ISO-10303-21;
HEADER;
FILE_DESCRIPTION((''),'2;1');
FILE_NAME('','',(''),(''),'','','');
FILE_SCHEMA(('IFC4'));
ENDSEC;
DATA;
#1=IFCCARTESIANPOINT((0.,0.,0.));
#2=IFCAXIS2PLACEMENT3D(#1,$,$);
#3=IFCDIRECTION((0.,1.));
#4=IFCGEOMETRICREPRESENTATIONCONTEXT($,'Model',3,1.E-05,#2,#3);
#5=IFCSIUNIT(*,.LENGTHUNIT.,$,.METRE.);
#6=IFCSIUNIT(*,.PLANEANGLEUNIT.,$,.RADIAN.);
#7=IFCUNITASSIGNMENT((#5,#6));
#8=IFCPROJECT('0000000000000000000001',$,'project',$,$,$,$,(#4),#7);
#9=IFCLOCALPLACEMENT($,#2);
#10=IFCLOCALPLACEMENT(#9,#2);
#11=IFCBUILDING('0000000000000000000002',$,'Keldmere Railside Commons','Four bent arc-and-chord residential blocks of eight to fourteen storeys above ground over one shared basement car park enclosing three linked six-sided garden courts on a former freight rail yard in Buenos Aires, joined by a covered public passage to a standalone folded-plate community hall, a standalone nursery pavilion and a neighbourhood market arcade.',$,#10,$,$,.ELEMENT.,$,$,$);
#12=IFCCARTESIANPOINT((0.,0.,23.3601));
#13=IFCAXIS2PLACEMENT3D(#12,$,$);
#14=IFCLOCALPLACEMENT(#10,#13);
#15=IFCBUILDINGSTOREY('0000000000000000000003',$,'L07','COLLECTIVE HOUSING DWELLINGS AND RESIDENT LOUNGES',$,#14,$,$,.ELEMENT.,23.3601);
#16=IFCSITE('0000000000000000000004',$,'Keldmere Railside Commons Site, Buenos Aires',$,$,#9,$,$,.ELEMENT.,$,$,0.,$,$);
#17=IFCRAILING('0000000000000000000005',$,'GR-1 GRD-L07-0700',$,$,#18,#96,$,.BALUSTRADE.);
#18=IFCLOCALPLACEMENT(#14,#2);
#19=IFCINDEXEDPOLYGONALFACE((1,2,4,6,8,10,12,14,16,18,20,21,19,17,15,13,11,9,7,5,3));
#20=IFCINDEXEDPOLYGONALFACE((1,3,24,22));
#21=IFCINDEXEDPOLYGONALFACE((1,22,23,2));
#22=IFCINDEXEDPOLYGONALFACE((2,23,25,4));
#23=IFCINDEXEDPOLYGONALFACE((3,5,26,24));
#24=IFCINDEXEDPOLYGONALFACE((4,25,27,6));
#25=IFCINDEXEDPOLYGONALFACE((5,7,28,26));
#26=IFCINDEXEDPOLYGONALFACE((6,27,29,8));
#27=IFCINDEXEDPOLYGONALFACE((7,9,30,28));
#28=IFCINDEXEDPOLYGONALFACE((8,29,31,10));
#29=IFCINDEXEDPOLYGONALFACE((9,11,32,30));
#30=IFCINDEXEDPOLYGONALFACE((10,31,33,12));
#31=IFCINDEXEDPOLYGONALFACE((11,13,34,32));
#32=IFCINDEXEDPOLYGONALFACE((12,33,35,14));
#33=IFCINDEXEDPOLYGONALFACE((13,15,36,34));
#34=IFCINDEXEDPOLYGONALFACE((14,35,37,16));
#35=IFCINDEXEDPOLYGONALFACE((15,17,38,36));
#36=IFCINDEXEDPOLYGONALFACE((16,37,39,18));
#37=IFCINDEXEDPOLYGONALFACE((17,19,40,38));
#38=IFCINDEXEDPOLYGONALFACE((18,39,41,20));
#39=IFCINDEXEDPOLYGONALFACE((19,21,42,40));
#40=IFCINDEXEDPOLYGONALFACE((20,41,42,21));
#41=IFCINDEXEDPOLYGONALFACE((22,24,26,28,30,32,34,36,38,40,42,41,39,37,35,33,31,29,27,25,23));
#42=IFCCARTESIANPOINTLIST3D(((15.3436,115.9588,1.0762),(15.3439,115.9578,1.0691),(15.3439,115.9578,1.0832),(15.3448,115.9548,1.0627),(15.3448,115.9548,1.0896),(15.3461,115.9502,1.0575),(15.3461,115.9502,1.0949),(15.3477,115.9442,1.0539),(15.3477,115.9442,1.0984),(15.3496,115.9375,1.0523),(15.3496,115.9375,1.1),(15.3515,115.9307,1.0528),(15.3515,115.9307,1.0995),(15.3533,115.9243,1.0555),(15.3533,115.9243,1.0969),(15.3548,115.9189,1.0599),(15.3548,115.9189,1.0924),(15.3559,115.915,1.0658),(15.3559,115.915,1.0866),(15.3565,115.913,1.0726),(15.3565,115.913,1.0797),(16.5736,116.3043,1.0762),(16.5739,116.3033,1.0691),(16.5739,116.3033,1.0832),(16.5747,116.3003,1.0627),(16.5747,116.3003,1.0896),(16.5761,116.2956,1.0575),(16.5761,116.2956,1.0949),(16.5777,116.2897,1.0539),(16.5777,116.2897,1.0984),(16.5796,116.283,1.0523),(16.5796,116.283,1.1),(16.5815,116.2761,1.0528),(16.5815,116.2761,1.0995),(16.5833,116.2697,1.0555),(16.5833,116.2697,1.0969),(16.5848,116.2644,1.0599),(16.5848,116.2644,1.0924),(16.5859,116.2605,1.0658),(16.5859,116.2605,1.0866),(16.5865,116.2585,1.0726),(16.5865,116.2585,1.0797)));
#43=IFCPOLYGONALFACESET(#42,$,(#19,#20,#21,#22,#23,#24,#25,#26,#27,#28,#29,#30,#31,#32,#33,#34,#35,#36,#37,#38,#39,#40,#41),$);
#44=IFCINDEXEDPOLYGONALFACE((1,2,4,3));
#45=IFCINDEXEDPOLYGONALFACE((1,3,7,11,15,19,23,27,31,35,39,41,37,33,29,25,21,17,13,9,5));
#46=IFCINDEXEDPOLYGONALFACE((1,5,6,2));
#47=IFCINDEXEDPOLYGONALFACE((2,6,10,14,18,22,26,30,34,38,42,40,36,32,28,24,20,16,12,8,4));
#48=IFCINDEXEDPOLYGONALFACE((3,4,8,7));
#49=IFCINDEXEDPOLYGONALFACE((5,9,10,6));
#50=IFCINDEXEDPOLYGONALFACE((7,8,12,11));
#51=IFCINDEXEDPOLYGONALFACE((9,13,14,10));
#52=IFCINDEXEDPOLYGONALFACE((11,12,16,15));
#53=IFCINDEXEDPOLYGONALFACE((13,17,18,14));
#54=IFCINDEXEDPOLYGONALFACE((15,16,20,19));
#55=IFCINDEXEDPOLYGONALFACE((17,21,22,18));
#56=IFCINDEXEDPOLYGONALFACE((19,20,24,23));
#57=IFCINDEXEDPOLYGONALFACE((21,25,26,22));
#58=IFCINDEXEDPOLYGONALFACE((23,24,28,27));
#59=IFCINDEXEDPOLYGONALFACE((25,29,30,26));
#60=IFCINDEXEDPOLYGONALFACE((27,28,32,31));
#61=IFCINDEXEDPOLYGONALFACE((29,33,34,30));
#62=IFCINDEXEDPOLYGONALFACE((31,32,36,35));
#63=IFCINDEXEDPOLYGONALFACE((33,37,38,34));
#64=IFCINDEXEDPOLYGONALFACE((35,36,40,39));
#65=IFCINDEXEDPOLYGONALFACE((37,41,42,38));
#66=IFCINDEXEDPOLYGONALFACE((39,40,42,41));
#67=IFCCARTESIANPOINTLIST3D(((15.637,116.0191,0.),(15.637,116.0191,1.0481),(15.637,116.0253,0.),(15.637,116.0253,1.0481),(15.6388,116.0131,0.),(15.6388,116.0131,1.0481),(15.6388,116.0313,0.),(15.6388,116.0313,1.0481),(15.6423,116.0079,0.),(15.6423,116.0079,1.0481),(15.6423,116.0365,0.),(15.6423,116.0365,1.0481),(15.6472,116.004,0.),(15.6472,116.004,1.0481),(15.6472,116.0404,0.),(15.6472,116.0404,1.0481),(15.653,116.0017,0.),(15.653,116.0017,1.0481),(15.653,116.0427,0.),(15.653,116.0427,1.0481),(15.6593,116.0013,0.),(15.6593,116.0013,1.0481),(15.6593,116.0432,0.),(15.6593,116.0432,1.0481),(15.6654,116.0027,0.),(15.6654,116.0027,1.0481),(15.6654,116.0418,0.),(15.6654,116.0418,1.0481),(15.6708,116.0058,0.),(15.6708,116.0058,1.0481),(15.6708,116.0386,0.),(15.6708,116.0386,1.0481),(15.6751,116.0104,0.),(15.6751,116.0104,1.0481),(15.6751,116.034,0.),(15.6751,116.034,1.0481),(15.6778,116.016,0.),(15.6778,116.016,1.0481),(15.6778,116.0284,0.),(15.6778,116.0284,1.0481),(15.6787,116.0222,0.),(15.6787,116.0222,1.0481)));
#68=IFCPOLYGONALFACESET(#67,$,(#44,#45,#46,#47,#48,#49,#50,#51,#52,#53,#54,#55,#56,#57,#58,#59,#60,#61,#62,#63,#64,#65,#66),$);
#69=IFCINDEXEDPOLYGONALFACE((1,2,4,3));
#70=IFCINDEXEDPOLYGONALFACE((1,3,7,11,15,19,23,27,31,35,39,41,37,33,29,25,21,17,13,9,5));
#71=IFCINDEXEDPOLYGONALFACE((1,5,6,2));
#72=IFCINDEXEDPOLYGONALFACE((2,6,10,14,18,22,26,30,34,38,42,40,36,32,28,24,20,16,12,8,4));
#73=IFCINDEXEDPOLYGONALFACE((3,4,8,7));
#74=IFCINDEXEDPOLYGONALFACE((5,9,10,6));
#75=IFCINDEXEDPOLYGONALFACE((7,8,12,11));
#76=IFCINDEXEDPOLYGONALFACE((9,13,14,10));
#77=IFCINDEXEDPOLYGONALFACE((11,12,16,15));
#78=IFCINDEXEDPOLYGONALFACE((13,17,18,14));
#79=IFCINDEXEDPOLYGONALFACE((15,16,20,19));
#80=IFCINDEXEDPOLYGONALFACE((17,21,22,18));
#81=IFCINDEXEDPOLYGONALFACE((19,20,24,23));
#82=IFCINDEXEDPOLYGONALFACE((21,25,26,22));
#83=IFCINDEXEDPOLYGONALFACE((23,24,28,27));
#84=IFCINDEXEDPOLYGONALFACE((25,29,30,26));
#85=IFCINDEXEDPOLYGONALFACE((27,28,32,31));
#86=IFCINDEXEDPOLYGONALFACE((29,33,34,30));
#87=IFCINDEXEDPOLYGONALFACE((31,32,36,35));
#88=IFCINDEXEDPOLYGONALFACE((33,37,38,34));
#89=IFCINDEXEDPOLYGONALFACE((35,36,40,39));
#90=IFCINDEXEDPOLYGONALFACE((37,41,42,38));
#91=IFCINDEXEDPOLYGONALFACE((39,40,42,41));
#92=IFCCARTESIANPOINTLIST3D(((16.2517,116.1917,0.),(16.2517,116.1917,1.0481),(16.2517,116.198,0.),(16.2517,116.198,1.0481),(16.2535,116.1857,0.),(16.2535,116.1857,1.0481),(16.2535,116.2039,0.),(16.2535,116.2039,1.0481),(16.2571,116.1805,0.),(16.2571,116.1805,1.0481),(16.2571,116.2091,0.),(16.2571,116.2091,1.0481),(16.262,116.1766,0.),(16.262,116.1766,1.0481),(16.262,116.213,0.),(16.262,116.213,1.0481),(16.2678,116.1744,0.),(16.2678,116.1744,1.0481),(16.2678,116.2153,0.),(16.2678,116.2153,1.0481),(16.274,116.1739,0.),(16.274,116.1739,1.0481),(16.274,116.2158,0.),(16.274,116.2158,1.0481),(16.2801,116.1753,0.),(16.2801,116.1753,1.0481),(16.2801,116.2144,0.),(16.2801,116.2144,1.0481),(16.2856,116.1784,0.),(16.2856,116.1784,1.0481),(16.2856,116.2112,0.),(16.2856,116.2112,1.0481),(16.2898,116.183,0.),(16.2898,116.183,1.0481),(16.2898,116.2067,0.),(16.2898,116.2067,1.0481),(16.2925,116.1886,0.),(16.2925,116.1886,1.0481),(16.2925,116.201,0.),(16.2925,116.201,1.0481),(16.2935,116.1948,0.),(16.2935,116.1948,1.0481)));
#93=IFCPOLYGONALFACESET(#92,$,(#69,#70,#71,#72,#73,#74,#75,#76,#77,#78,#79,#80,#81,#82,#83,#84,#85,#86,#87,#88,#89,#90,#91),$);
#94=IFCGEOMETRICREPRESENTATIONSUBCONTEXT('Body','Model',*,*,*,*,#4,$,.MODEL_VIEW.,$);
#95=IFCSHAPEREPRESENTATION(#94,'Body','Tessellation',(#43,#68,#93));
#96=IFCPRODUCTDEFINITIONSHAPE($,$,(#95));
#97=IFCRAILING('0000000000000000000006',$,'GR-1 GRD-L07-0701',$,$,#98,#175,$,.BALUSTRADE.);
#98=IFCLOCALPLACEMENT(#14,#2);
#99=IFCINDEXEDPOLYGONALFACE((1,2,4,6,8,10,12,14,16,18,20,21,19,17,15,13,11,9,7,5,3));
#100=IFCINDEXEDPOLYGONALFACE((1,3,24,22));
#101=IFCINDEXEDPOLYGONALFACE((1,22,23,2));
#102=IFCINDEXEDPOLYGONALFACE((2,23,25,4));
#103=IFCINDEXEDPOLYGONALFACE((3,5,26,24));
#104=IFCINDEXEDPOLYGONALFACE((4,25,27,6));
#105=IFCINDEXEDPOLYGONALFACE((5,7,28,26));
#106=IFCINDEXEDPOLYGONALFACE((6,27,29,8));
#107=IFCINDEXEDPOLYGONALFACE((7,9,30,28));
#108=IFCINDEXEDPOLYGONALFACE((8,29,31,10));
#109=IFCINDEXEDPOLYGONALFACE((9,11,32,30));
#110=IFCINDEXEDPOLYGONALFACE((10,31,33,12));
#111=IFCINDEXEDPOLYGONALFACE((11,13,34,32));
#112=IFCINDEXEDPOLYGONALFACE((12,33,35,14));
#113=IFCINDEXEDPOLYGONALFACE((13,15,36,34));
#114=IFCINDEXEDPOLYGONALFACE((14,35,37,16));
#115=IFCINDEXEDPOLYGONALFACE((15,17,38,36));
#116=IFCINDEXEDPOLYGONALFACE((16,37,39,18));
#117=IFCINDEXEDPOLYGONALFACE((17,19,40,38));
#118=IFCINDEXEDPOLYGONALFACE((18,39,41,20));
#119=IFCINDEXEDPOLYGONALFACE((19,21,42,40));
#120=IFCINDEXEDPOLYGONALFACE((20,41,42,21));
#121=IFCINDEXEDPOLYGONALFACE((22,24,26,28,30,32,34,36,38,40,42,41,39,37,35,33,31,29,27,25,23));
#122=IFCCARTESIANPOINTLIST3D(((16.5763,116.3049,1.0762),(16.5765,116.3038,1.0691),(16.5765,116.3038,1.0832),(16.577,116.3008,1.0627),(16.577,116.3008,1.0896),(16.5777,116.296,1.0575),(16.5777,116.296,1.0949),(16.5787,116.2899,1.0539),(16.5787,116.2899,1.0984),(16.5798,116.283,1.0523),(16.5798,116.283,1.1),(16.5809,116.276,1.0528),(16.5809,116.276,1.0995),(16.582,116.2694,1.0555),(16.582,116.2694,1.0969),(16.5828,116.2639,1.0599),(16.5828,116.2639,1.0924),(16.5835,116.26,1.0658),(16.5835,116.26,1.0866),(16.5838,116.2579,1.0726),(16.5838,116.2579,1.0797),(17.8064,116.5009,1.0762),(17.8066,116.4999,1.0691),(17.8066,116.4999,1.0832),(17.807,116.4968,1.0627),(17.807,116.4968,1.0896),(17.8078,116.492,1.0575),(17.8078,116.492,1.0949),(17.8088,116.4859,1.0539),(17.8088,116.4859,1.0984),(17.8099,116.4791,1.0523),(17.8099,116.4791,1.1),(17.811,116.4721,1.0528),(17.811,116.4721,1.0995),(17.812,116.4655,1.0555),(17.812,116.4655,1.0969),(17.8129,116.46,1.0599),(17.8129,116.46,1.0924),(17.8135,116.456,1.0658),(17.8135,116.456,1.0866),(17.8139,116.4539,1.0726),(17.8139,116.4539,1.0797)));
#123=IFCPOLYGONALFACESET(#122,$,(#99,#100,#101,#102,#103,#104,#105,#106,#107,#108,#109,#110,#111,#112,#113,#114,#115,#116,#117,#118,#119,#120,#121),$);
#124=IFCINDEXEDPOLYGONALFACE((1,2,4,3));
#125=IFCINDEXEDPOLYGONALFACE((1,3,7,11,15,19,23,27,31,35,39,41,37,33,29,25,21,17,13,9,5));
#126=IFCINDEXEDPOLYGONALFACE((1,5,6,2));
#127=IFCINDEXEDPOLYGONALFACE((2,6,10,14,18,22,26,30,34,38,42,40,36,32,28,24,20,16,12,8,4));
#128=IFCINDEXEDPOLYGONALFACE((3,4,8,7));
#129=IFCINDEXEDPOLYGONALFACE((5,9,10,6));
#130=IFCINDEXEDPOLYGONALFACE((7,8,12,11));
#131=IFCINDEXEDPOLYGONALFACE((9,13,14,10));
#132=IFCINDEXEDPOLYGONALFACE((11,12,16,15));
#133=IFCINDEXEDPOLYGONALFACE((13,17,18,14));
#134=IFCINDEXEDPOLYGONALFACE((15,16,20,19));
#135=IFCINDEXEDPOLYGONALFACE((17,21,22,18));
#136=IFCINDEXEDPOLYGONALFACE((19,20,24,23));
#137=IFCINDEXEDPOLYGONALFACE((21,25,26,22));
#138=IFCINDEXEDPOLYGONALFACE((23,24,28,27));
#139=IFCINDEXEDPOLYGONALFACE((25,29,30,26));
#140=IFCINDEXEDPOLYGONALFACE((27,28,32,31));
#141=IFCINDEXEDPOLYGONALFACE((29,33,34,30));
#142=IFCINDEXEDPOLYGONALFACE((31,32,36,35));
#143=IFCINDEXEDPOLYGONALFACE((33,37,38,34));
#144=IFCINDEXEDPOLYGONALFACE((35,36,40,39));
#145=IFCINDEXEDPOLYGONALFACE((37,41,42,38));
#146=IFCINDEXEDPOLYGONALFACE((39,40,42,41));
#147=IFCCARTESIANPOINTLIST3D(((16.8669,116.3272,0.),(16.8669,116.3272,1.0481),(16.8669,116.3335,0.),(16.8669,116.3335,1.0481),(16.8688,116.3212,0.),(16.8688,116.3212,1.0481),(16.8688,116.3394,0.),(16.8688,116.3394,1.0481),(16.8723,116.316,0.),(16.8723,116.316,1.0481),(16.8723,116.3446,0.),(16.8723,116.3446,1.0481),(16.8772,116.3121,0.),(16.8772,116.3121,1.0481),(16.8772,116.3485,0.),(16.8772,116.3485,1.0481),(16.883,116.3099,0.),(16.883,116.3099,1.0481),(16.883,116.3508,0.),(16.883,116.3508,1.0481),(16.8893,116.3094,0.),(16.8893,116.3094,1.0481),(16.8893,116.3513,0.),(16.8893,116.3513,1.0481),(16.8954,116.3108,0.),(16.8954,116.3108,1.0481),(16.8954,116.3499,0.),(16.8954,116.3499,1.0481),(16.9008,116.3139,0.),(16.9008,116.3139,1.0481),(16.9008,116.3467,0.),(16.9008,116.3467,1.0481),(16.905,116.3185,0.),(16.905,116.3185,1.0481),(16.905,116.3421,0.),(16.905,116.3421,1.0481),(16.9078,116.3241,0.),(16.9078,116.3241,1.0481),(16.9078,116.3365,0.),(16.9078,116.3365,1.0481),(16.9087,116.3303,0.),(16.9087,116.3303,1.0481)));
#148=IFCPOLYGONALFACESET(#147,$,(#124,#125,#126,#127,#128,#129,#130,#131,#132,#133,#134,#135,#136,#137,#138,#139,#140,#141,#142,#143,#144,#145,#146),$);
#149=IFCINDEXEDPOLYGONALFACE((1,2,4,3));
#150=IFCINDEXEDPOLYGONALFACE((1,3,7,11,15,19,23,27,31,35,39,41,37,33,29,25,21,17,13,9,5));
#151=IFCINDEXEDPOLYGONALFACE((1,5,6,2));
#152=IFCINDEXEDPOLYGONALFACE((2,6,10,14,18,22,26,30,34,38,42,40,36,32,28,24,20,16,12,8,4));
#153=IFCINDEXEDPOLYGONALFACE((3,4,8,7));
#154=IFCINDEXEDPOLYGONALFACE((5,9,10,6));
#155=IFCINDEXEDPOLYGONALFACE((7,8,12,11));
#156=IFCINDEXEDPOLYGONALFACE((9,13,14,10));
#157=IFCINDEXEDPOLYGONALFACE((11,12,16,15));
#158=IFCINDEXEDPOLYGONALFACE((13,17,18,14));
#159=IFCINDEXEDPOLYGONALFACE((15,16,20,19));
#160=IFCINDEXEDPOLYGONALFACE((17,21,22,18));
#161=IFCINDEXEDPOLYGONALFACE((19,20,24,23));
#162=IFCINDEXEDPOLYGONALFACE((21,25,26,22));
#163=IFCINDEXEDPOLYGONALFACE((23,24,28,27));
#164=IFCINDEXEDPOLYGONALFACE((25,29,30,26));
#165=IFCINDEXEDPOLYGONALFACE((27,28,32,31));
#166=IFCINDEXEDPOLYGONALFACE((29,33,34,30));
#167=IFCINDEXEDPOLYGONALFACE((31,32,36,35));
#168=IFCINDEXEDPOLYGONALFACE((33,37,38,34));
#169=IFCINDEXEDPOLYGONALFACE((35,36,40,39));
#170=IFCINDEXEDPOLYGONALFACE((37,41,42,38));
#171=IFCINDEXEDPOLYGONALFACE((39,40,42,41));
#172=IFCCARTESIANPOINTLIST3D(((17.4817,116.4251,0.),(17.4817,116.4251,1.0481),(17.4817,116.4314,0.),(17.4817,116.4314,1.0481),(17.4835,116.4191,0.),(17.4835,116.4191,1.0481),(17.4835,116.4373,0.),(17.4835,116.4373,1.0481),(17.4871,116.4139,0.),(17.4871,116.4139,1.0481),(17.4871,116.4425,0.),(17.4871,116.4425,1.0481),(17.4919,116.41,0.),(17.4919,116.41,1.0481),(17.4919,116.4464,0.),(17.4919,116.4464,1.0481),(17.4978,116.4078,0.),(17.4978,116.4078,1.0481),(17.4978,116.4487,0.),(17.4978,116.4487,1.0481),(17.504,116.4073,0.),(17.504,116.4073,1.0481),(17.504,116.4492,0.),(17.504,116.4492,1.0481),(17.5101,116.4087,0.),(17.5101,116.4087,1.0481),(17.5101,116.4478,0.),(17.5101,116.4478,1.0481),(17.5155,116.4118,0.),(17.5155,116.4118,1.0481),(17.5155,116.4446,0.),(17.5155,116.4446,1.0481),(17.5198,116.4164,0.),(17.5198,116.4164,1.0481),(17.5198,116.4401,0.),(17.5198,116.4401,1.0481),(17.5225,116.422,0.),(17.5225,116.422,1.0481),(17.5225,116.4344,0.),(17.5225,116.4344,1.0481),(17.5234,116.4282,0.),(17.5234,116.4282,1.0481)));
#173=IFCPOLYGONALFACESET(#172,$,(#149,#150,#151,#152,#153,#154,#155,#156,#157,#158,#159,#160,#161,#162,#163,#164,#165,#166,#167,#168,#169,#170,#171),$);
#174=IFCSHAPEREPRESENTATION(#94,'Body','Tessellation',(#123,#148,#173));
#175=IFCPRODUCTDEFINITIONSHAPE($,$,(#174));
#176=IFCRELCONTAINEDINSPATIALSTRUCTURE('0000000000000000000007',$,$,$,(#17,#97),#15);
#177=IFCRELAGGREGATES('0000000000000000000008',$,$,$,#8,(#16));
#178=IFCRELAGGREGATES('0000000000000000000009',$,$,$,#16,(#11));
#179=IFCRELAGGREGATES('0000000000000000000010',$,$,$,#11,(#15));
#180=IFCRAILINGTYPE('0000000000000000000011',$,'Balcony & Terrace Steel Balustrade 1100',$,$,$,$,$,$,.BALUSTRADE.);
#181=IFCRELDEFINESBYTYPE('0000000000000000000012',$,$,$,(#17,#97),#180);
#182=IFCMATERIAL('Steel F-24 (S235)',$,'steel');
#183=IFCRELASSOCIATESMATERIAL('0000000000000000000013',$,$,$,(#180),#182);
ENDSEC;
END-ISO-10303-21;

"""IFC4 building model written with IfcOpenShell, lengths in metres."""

from ifc_helpers import new_model, si_unit, direction, frame, origin, origin_2d, place, context, subcontext, project, spatial, circle, extrude, material, type_object, element, save


model = new_model("IFC4")

# Units and contexts
model_context = context("Model", 3, precision=1e-05, world=origin(), true_north=direction((0.0, 1.0)))
body_context = subcontext(model_context, "Body", "Model", "MODEL_VIEW")
ifc_project = project(units=[si_unit("LENGTHUNIT", "METRE"), si_unit("PLANEANGLEUNIT", "RADIAN")], contexts=[model_context])

# Site, building, storey
site_placement = place(None, origin())
site = spatial("IfcSite", under=ifc_project, at=site_placement, Name="Keldmere Railside Commons Site, Buenos Aires", CompositionType="ELEMENT", RefElevation=0.0)
building_placement = place(site_placement, origin())
building = spatial("IfcBuilding", under=site, at=building_placement, Name="Keldmere Railside Commons", Description="Four bent arc-and-chord residential blocks of eight to fourteen storeys above ground over one shared basement car park enclosing three linked six-sided garden courts on a former freight rail yard in Buenos Aires, joined by a covered public passage to a standalone folded-plate community hall, a standalone nursery pavilion and a neighbourhood market arcade.", CompositionType="ELEMENT")
storey_placement = place(building_placement, frame((0.0, 0.0, 23.3601)))
storey = spatial("IfcBuildingStorey", under=building, at=storey_placement, Name="L07", Description="COLLECTIVE HOUSING DWELLINGS AND RESIDENT LOUNGES", CompositionType="ELEMENT", Elevation=23.3601)

# Shared definitions
ifc_material_1 = material(Name="Steel F-24 (S235)", Category="steel")

# Railings
railing_type = type_object("IfcRailingType", Name="Balcony & Terrace Steel Balustrade 1100", PredefinedType="BALUSTRADE", material=ifc_material_1)
railing_1_placement = place(storey_placement, frame((15.3501, 115.9358, 0.0)))
element("IfcRailing", 1, at=railing_1_placement, inside=storey, type_object=railing_type, Name="GR-1 GRD-L07-0700", PredefinedType="BALUSTRADE", context=body_context, shape_type="SweptSolid", body=[
    extrude(circle(Radius=0.0239, at=origin_2d()), frame((0.0, 0.0, 1.0762), z_axis=(0.962747, 0.270402, 0.0), x_axis=(-0.270402, 0.962747, 0.0)), (0.0, 0.0, 1.0), 1.2776),
    extrude(circle(Radius=0.021, at=origin_2d()), frame((0.3076, 0.0864, 0.0)), (0.0, 0.0, 1.0), 1.0481),
    extrude(circle(Radius=0.021, at=origin_2d()), frame((0.9224, 0.259, 0.0)), (0.0, 0.0, 1.0), 1.0481),
])
railing_2_placement = place(storey_placement, frame((16.5801, 116.2812, 0.0)))
element("IfcRailing", 2, at=railing_2_placement, inside=storey, type_object=railing_type, Name="GR-1 GRD-L07-0701", PredefinedType="BALUSTRADE", context=body_context, shape_type="SweptSolid", body=[
    extrude(circle(Radius=0.0239, at=origin_2d()), frame((0.0, 0.0, 1.0762), z_axis=(0.987535, 0.157402, 0.0), x_axis=(-0.157402, 0.987535, 0.0)), (0.0, 0.0, 1.0), 1.2456),
    extrude(circle(Radius=0.021, at=origin_2d()), frame((0.3076, 0.0491, 0.0)), (0.0, 0.0, 1.0), 1.0481),
    extrude(circle(Radius=0.021, at=origin_2d()), frame((0.9224, 0.147, 0.0)), (0.0, 0.0, 1.0), 1.0481),
])

save(model, "model.ifc")
